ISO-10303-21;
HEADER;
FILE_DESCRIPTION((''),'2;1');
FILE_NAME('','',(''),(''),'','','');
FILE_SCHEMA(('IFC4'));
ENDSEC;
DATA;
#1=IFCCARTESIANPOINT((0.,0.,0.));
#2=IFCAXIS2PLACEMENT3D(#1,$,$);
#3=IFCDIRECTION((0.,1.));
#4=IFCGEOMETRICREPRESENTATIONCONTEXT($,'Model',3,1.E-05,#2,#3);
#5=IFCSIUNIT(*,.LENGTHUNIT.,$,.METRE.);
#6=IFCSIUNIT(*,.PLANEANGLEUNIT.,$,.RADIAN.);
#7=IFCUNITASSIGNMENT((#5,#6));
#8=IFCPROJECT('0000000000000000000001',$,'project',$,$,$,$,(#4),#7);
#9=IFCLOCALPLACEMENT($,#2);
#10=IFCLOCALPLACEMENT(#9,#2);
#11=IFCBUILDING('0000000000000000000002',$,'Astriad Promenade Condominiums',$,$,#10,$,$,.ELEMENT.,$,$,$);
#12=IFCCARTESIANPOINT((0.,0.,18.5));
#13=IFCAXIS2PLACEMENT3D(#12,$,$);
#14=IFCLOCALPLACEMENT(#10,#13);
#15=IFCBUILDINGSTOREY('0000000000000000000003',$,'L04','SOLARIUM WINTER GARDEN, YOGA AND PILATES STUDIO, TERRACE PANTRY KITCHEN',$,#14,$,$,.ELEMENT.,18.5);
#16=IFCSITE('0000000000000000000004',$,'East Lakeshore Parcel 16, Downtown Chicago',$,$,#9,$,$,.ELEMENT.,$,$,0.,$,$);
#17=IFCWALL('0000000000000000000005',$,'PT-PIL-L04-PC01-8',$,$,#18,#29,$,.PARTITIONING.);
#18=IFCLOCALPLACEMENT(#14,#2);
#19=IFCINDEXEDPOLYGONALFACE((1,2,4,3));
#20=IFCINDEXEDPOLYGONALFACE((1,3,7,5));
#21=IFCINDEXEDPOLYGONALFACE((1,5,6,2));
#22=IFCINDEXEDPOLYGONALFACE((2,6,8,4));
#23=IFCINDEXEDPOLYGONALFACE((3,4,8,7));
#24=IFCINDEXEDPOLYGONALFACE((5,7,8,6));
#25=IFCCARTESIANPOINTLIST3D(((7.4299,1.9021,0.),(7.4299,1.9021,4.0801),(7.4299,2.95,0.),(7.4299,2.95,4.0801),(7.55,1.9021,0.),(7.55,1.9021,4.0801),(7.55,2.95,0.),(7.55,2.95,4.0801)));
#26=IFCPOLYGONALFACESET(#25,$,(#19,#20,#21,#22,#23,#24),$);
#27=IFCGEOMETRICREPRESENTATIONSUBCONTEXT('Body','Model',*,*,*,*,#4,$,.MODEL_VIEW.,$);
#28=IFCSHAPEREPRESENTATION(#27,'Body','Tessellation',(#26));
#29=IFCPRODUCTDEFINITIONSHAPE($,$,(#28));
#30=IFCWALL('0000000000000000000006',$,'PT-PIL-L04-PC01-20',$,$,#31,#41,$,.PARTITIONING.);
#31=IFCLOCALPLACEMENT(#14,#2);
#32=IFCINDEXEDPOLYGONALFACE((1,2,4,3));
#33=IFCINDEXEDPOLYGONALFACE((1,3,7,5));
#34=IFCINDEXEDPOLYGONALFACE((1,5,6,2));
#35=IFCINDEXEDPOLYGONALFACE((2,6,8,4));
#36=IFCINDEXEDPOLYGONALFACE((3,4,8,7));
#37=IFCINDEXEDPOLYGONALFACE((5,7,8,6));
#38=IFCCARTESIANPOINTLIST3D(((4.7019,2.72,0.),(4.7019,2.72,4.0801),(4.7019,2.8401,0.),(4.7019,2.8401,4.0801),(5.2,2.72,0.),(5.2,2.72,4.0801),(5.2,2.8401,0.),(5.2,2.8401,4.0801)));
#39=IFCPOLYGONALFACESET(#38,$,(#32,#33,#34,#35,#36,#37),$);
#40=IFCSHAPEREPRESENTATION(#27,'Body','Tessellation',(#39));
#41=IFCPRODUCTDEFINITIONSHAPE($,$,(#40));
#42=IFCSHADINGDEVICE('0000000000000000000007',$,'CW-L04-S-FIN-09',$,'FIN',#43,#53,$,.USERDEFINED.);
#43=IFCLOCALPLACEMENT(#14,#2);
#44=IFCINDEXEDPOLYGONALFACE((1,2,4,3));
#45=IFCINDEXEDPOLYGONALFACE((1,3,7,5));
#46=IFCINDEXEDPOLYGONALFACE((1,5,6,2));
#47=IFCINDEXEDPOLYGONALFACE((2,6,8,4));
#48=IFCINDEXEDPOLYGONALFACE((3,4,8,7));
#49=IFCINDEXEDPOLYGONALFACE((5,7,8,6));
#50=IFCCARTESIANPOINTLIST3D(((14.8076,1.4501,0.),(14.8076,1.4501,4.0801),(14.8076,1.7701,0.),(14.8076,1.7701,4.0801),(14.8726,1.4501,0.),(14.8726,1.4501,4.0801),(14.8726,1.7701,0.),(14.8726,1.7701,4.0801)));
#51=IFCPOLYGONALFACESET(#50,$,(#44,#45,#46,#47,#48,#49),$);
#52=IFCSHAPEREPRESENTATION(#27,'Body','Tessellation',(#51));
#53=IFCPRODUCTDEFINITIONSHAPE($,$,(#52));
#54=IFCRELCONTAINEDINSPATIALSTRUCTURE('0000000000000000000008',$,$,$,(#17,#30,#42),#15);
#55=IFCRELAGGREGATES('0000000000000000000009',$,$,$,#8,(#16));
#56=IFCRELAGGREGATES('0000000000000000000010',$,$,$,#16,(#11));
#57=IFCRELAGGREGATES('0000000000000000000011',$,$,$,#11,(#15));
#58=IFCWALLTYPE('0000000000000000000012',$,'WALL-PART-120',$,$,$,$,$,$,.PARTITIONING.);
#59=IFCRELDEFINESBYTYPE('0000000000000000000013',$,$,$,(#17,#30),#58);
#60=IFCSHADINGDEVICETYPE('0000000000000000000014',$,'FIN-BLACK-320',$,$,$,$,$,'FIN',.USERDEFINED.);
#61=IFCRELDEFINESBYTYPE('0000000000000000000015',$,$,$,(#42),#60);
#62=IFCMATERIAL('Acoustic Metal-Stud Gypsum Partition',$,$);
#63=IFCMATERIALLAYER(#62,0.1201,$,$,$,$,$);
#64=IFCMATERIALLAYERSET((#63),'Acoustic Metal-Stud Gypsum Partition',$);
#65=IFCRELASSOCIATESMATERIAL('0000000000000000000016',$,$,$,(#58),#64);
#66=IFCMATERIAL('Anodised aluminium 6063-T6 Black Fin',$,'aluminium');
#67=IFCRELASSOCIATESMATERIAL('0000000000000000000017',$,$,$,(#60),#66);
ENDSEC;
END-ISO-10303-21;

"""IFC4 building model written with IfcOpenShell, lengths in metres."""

from ifc_helpers import new_model, si_unit, direction, frame, frame_2d, origin, origin_2d, place, context, subcontext, project, spatial, rectangle, extrude, source, transform, mapped, material, layer, layer_set, type_object, type_shapes, element, save


model = new_model("IFC4")

# Units and contexts
model_context = context("Model", 3, precision=1e-05, world=origin(), true_north=direction((0.0, 1.0)))
body_context = subcontext(model_context, "Body", "Model", "MODEL_VIEW")
ifc_project = project(units=[si_unit("LENGTHUNIT", "METRE"), si_unit("PLANEANGLEUNIT", "RADIAN")], contexts=[model_context])

# Site, building, storey
site_placement = place(None, origin())
site = spatial("IfcSite", under=ifc_project, at=site_placement, Name="East Lakeshore Parcel 16, Downtown Chicago", CompositionType="ELEMENT", RefElevation=0.0)
building_placement = place(site_placement, origin())
building = spatial("IfcBuilding", under=site, at=building_placement, Name="Astriad Promenade Condominiums", CompositionType="ELEMENT")
storey_placement = place(building_placement, frame((0.0, 0.0, 18.5)))
storey = spatial("IfcBuildingStorey", under=building, at=storey_placement, Name="L04", Description="SOLARIUM WINTER GARDEN, YOGA AND PILATES STUDIO, TERRACE PANTRY KITCHEN", CompositionType="ELEMENT", Elevation=18.5)

# Walls
ifc_material_1 = material(Name="Acoustic Metal-Stud Gypsum Partition")
ifc_layer_1 = layer(ifc_material_1, 0.1201)
ifc_layer_set_1 = layer_set([ifc_layer_1], Name="Acoustic Metal-Stud Gypsum Partition")
wall_type_1 = type_object("IfcWallType", Name="WALL-PART-120", PredefinedType="PARTITIONING", material=ifc_layer_set_1)
wall_1_placement = place(storey_placement, frame((7.49, 2.95, 0.0), z_axis=(0.0, 0.0, 1.0), x_axis=(0.0, -1.0, 0.0)))
element("IfcWall", 1, at=wall_1_placement, inside=storey, type_object=wall_type_1, Name="PT-PIL-L04-PC01-8", PredefinedType="PARTITIONING", context=body_context, shape_type="SweptSolid", body=[
    extrude(rectangle(XDim=1.0479, YDim=0.1201, at=frame_2d((0.5239, 0.0))), origin(), (0.0, 0.0, 1.0), 4.0801),
])
wall_2_placement = place(storey_placement, frame((5.2, 2.78, 0.0), z_axis=(0.0, 0.0, 1.0), x_axis=(-1.0, 0.0, 0.0)))
element("IfcWall", 2, at=wall_2_placement, inside=storey, type_object=wall_type_1, Name="PT-PIL-L04-PC01-20", PredefinedType="PARTITIONING", context=body_context, shape_type="SweptSolid", body=[
    extrude(rectangle(XDim=0.498, YDim=0.1201, at=frame_2d((0.249, 0.0))), origin(), (0.0, 0.0, 1.0), 4.0801),
])

# Shading device
ifc_material_2 = material(Name="Anodised aluminium 6063-T6 Black Fin", Category="aluminium")
shading_device_type = type_object("IfcShadingDeviceType", Name="FIN-BLACK-320", ElementType="FIN", PredefinedType="USERDEFINED", material=ifc_material_2)
shared_shape_1 = source(origin(), body_context, "Body", "SweptSolid", [
    extrude(rectangle(XDim=0.0649, YDim=0.3201, at=origin_2d()), origin(), (0.0, 0.0, 1.0), 4.0801),
])
type_shapes(shading_device_type, [shared_shape_1])
shading_device_placement = place(storey_placement, frame((14.8401, 1.6101, 0.0), z_axis=(0.0, 0.0, 1.0), x_axis=(-1.0, 0.0, 0.0)))
element("IfcShadingDevice", 3, at=shading_device_placement, inside=storey, type_object=shading_device_type, Name="CW-L04-S-FIN-09", ObjectType="FIN", PredefinedType="USERDEFINED", context=body_context, shape_type="MappedRepresentation", body=[
    mapped(shared_shape_1, transform((0.0, 0.0, 0.0), scale=1.0)),
])

save(model, "model.ifc")
